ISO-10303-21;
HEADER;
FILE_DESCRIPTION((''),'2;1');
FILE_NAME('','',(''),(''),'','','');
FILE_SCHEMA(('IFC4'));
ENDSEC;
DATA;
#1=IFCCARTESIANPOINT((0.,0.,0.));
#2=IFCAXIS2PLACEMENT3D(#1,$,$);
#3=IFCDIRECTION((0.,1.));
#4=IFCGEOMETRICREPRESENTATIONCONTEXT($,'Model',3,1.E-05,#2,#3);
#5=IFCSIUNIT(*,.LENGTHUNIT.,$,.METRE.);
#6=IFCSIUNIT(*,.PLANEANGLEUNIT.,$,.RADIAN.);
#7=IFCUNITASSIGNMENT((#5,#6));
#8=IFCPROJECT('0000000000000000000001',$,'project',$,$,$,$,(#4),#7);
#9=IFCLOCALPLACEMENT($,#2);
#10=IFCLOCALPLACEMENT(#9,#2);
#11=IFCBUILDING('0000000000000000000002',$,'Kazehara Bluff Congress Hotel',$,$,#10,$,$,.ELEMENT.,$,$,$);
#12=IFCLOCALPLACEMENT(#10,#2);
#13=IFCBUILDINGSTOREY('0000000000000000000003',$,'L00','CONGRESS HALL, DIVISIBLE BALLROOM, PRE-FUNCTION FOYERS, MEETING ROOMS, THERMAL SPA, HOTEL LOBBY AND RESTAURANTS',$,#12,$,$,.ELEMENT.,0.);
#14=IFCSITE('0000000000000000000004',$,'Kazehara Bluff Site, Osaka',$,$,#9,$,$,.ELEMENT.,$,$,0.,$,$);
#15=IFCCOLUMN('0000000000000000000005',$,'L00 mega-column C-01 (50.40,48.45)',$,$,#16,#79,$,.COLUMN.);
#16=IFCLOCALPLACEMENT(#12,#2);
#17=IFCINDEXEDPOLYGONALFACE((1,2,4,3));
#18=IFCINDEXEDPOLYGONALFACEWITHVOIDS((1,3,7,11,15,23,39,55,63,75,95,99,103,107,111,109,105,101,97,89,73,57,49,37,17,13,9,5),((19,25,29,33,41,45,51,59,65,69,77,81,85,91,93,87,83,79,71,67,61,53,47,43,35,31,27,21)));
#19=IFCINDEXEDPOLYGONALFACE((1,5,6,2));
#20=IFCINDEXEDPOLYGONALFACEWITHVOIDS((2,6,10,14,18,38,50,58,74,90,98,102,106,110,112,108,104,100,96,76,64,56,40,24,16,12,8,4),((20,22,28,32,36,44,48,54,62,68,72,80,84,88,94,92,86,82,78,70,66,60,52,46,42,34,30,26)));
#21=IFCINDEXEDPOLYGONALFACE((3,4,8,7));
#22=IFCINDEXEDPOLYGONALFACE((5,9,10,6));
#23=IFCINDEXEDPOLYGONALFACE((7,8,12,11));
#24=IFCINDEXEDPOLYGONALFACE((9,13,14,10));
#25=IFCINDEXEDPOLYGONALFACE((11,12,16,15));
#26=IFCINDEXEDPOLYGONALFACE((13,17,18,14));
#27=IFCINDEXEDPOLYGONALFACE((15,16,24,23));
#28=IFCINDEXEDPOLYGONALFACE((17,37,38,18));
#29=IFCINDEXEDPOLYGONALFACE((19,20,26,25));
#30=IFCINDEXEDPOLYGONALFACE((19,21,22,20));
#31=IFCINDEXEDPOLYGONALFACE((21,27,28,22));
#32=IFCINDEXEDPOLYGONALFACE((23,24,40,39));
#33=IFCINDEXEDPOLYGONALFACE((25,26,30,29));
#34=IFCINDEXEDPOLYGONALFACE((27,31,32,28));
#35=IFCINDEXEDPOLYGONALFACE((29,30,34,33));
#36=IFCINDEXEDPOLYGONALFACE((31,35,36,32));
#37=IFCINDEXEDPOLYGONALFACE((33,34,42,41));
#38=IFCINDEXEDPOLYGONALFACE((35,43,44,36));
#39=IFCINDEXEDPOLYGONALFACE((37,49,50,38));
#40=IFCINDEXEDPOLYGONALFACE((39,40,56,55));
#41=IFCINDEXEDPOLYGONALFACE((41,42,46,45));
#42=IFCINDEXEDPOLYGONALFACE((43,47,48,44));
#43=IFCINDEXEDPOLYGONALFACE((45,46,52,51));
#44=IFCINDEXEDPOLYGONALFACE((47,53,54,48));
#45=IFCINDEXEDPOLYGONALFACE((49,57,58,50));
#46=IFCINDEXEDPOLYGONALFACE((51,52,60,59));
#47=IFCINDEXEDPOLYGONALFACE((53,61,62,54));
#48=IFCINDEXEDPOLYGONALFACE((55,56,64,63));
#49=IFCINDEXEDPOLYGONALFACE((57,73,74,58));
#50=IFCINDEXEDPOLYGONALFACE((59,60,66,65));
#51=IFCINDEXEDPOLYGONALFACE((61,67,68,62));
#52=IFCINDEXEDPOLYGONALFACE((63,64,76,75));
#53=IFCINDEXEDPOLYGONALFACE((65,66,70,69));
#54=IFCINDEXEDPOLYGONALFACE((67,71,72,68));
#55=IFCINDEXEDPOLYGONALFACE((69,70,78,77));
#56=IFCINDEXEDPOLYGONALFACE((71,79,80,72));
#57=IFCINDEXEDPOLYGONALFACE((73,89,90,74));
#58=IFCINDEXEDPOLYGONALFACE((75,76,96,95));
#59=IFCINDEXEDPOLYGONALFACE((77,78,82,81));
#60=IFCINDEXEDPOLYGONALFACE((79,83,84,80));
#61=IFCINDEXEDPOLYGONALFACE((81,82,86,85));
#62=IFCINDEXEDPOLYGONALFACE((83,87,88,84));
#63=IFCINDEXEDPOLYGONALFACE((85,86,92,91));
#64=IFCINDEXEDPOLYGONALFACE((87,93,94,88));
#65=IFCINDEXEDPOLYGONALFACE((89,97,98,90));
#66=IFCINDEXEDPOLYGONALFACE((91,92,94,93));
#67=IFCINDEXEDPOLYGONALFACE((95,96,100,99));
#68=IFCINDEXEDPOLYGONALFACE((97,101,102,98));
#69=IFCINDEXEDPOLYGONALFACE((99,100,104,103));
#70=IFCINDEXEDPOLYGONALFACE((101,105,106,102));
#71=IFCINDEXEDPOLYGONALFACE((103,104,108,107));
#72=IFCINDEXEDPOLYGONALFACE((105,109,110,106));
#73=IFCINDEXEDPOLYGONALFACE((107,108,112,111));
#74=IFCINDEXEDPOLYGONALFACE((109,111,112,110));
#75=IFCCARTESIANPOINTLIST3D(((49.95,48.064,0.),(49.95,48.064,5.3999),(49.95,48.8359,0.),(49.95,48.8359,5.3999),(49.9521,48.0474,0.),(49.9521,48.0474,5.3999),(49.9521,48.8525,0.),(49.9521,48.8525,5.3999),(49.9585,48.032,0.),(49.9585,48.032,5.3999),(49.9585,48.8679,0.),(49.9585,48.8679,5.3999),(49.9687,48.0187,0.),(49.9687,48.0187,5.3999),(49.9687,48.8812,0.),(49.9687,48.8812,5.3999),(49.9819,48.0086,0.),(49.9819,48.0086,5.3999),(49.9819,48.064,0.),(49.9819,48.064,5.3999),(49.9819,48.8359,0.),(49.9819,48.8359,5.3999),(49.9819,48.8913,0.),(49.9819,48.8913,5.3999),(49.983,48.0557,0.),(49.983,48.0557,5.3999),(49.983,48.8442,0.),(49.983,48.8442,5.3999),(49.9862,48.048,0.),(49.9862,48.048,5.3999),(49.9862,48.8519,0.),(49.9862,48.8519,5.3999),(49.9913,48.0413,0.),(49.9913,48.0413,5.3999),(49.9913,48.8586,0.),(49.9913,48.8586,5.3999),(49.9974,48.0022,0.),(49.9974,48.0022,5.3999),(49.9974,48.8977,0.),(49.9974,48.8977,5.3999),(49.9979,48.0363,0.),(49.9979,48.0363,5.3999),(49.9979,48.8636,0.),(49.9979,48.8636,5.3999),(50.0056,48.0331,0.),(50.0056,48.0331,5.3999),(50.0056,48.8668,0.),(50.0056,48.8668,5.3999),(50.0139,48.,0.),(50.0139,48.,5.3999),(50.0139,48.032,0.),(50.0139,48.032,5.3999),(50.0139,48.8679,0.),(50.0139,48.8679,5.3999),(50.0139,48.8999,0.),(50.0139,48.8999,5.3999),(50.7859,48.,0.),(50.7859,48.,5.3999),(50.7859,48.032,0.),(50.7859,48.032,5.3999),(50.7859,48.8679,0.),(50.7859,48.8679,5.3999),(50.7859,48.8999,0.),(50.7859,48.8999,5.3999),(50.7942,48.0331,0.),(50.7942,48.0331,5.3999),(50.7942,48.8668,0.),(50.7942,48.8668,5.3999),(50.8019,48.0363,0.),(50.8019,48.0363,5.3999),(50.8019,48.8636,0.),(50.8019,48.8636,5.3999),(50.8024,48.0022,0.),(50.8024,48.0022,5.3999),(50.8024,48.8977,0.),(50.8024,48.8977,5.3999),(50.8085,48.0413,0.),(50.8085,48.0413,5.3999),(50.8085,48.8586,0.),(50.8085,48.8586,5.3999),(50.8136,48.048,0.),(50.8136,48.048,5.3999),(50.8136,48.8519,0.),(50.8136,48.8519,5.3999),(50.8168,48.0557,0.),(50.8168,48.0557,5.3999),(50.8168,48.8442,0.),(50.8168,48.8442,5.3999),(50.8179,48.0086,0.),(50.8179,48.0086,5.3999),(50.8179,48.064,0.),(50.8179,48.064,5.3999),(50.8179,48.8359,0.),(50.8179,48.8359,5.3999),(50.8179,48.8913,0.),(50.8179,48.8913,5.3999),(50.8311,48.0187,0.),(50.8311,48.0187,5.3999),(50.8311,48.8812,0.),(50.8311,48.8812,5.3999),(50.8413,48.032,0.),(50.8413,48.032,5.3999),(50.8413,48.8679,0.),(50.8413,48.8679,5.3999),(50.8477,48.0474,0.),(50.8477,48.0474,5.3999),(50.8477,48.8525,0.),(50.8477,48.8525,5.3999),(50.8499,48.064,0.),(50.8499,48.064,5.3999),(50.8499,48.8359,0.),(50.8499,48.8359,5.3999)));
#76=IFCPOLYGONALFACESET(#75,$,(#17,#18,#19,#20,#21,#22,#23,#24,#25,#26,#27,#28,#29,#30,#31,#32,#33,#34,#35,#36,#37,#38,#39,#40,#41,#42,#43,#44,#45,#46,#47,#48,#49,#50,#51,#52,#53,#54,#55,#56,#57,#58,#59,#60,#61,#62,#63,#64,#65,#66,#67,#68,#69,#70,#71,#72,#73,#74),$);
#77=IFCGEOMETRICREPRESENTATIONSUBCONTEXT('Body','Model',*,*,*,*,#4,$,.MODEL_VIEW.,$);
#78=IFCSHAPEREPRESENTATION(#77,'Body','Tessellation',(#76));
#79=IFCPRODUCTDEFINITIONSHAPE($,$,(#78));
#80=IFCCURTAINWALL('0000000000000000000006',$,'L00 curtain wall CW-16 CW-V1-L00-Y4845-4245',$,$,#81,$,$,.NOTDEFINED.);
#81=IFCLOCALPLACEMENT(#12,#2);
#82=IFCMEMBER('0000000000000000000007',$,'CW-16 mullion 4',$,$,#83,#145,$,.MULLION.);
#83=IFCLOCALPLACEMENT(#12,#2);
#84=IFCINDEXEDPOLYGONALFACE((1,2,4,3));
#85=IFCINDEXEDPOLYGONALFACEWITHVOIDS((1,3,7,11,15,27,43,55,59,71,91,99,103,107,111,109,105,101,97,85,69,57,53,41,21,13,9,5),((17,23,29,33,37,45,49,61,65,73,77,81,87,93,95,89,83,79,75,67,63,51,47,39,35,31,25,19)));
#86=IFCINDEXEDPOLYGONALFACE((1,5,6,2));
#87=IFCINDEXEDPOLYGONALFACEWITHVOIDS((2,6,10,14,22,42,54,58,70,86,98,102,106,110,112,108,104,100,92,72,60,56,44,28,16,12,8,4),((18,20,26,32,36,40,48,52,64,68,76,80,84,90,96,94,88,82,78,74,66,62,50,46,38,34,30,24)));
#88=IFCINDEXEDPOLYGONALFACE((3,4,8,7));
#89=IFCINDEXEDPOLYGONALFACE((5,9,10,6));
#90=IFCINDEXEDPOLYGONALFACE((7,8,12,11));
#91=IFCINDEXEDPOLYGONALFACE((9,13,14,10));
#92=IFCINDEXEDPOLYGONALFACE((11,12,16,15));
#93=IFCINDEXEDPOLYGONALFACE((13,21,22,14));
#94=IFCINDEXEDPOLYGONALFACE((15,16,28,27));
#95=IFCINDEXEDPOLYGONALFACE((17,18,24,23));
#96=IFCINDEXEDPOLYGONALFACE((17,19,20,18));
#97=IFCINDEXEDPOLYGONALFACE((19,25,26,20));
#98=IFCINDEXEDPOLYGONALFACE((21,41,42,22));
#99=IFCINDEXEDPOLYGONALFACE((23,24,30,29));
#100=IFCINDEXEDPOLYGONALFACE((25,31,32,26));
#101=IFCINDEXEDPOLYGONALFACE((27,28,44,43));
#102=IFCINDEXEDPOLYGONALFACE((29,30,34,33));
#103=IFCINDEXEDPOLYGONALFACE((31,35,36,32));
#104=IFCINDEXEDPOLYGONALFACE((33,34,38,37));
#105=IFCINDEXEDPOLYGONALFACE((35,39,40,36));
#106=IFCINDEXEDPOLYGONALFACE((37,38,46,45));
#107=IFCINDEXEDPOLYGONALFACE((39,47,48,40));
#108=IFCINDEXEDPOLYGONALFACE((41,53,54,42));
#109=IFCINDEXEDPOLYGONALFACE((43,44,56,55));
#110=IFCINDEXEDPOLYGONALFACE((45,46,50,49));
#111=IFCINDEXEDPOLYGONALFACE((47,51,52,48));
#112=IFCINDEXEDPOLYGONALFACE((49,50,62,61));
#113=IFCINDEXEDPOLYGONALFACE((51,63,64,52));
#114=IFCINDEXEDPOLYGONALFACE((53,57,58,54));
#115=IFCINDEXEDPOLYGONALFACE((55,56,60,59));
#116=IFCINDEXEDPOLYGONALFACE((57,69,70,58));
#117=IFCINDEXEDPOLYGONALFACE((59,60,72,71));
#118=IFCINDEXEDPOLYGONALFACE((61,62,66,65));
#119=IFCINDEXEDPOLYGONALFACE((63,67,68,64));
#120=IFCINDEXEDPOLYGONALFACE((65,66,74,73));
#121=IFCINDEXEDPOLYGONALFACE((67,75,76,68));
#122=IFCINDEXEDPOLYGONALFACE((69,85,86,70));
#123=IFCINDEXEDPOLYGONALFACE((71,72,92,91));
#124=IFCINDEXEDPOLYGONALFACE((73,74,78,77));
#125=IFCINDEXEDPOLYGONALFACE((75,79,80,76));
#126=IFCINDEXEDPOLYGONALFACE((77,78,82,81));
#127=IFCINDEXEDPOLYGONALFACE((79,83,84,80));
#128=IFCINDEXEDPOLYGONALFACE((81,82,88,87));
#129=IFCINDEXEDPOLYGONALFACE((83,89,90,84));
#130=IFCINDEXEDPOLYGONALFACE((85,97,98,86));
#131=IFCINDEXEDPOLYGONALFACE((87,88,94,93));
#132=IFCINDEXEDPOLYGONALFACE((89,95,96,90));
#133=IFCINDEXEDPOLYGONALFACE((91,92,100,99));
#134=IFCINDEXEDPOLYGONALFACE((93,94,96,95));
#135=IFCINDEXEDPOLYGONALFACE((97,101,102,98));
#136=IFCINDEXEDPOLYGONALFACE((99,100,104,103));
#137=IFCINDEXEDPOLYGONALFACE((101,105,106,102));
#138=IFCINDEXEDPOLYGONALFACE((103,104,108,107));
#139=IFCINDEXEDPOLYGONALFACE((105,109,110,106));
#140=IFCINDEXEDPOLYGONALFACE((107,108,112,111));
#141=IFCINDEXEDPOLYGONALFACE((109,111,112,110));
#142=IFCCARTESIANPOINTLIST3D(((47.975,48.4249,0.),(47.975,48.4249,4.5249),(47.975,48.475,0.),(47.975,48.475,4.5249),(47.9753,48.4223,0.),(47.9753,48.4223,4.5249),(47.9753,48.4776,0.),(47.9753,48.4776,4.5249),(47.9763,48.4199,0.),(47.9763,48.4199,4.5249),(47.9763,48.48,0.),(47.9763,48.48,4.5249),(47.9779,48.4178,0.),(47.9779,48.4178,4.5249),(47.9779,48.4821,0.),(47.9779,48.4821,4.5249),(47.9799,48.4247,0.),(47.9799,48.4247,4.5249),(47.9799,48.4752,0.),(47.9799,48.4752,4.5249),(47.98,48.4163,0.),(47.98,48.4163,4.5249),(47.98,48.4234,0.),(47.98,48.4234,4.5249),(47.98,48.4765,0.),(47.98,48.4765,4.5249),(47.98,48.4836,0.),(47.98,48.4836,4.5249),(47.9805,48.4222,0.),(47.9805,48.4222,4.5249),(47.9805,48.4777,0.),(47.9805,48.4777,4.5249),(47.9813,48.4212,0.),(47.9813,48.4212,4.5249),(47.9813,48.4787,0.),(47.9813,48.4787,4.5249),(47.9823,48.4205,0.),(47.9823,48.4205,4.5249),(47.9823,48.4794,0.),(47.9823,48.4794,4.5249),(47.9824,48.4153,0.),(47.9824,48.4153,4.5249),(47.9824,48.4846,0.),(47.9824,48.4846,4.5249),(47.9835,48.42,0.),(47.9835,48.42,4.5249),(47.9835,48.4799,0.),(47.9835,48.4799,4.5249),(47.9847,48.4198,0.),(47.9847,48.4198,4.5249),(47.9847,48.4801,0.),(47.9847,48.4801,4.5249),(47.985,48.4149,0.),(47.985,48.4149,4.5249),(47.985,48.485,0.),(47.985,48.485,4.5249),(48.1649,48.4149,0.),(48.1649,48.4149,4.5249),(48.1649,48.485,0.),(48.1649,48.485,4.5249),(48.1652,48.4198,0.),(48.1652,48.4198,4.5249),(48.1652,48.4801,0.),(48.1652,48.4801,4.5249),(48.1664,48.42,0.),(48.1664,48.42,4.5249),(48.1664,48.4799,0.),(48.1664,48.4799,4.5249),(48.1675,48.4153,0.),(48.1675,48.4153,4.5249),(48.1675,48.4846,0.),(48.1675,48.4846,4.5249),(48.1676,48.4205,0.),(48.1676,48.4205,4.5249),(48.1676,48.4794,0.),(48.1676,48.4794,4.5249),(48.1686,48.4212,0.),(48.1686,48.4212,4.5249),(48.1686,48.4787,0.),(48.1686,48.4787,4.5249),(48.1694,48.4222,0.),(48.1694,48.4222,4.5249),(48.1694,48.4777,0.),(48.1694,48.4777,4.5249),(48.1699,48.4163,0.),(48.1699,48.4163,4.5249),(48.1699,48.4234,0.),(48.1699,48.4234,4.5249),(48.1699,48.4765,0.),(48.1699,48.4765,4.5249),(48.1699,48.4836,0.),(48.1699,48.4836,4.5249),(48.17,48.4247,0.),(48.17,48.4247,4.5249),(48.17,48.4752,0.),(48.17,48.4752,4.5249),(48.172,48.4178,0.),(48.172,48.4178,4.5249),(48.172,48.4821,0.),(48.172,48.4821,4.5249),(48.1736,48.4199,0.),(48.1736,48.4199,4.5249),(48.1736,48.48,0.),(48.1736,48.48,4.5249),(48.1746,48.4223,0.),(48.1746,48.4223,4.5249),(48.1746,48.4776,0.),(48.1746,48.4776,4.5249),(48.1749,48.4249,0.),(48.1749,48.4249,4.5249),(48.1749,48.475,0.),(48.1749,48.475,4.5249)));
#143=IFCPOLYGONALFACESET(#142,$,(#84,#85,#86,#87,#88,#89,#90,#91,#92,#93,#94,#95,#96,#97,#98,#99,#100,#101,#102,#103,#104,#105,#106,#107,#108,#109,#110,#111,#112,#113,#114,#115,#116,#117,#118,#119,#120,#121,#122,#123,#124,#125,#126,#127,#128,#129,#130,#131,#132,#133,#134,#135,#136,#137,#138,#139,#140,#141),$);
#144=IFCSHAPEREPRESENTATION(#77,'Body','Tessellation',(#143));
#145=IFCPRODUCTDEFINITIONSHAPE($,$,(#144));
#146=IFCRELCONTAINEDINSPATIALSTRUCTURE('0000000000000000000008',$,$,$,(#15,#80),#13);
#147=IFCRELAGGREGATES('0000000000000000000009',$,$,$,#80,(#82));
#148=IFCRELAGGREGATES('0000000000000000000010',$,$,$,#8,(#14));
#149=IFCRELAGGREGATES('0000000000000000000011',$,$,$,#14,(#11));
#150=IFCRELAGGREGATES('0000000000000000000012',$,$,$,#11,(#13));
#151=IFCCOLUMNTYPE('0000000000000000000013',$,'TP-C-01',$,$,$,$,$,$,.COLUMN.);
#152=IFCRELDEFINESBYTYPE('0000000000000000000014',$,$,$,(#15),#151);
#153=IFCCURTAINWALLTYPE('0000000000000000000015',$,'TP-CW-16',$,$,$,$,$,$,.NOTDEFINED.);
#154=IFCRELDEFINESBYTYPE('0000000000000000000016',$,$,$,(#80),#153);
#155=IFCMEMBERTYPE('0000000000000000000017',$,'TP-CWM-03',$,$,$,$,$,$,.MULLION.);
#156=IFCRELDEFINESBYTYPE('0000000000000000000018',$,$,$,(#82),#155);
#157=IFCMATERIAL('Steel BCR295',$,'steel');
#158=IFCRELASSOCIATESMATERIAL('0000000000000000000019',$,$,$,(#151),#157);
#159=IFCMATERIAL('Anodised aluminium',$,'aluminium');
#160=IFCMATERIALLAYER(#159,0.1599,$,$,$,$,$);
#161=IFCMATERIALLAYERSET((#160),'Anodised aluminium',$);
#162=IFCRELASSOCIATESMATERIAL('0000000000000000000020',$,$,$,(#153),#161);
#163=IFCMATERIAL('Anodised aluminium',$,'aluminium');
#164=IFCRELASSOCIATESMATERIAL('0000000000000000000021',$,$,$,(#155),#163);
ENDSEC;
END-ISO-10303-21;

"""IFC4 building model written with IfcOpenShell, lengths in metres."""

from ifc_helpers import new_model, si_unit, direction, frame, origin, origin_2d, place, context, subcontext, project, spatial, hollow_rectangle, extrude, material, layer, layer_set, material_profile, profile_set, type_object, element, aggregate, save


model = new_model("IFC4")

# Units and contexts
model_context = context("Model", 3, precision=1e-05, world=origin(), true_north=direction((0.0, 1.0)))
body_context = subcontext(model_context, "Body", "Model", "MODEL_VIEW")
ifc_project = project(units=[si_unit("LENGTHUNIT", "METRE"), si_unit("PLANEANGLEUNIT", "RADIAN")], contexts=[model_context])

# Site, building, storey
site_placement = place(None, origin())
site = spatial("IfcSite", under=ifc_project, at=site_placement, Name="Kazehara Bluff Site, Osaka", CompositionType="ELEMENT", RefElevation=0.0)
building_placement = place(site_placement, origin())
building = spatial("IfcBuilding", under=site, at=building_placement, Name="Kazehara Bluff Congress Hotel", CompositionType="ELEMENT")
storey_placement = place(building_placement, origin())
storey = spatial("IfcBuildingStorey", under=building, at=storey_placement, Name="L00", Description="CONGRESS HALL, DIVISIBLE BALLROOM, PRE-FUNCTION FOYERS, MEETING ROOMS, THERMAL SPA, HOTEL LOBBY AND RESTAURANTS", CompositionType="ELEMENT", Elevation=0.0)

# Column
ifc_material_1 = material(Name="Steel BCR295", Category="steel")
ifc_material_profile_1 = material_profile(ifc_material_1, hollow_rectangle(XDim=0.8999, YDim=0.8999, WallThickness=0.032, InnerFilletRadius=0.032, OuterFilletRadius=0.064, at=origin_2d()))
ifc_profile_set_1 = profile_set([ifc_material_profile_1], Name="Steel BCR295")
column_type = type_object("IfcColumnType", Name="TP-C-01", PredefinedType="COLUMN", material=ifc_profile_set_1)
column_placement = place(storey_placement, frame((50.3999, 48.45, 0.0), z_axis=(0.0, 0.0, 1.0), x_axis=(1.0, 0.0, 0.0)))
element("IfcColumn", 1, at=column_placement, inside=storey, type_object=column_type, Name="L00 mega-column C-01 (50.40,48.45)", PredefinedType="COLUMN", context=body_context, shape_type="SweptSolid", body=[
    extrude(hollow_rectangle(XDim=0.8999, YDim=0.8999, WallThickness=0.032, InnerFilletRadius=0.032, OuterFilletRadius=0.064, at=origin_2d()), origin(), (0.0, 0.0, 1.0), 5.3999),
])

# Curtain wall, member
ifc_material_2 = material(Name="Anodised aluminium", Category="aluminium")
ifc_layer_1 = layer(ifc_material_2, 0.1599)
ifc_layer_set_1 = layer_set([ifc_layer_1], Name="Anodised aluminium")
curtain_wall_type_1 = type_object("IfcCurtainWallType", Name="TP-CW-16", PredefinedType="NOTDEFINED", material=ifc_layer_set_1)
curtain_wall_1_placement = place(storey_placement, origin())
curtain_wall_1 = element("IfcCurtainWall", 2, at=curtain_wall_1_placement, inside=storey, type_object=curtain_wall_type_1, Name="L00 curtain wall CW-16 CW-V1-L00-Y4845-4245", PredefinedType="NOTDEFINED")
ifc_material_3 = material(Name="Anodised aluminium", Category="aluminium")
ifc_material_profile_2 = material_profile(ifc_material_3, hollow_rectangle(XDim=0.0701, YDim=0.2, WallThickness=0.0049, InnerFilletRadius=0.0049, OuterFilletRadius=0.01, at=origin_2d()))
ifc_profile_set_2 = profile_set([ifc_material_profile_2], Name="Anodised aluminium")
member_type_1 = type_object("IfcMemberType", Name="TP-CWM-03", PredefinedType="MULLION", material=ifc_profile_set_2)
member_1_placement = place(storey_placement, frame((48.075, 48.45, 0.0), z_axis=(0.0, 0.0, 1.0), x_axis=(0.0, 1.0, 0.0)))
member_1 = element("IfcMember", 3, at=member_1_placement, type_object=member_type_1, Name="CW-16 mullion 4", PredefinedType="MULLION", context=body_context, shape_type="SweptSolid", body=[
    extrude(hollow_rectangle(XDim=0.0701, YDim=0.2, WallThickness=0.0049, InnerFilletRadius=0.0049, OuterFilletRadius=0.01, at=origin_2d()), origin(), (0.0, 0.0, 1.0), 4.5249),
])

aggregate(curtain_wall_1, [member_1])

save(model, "model.ifc")
